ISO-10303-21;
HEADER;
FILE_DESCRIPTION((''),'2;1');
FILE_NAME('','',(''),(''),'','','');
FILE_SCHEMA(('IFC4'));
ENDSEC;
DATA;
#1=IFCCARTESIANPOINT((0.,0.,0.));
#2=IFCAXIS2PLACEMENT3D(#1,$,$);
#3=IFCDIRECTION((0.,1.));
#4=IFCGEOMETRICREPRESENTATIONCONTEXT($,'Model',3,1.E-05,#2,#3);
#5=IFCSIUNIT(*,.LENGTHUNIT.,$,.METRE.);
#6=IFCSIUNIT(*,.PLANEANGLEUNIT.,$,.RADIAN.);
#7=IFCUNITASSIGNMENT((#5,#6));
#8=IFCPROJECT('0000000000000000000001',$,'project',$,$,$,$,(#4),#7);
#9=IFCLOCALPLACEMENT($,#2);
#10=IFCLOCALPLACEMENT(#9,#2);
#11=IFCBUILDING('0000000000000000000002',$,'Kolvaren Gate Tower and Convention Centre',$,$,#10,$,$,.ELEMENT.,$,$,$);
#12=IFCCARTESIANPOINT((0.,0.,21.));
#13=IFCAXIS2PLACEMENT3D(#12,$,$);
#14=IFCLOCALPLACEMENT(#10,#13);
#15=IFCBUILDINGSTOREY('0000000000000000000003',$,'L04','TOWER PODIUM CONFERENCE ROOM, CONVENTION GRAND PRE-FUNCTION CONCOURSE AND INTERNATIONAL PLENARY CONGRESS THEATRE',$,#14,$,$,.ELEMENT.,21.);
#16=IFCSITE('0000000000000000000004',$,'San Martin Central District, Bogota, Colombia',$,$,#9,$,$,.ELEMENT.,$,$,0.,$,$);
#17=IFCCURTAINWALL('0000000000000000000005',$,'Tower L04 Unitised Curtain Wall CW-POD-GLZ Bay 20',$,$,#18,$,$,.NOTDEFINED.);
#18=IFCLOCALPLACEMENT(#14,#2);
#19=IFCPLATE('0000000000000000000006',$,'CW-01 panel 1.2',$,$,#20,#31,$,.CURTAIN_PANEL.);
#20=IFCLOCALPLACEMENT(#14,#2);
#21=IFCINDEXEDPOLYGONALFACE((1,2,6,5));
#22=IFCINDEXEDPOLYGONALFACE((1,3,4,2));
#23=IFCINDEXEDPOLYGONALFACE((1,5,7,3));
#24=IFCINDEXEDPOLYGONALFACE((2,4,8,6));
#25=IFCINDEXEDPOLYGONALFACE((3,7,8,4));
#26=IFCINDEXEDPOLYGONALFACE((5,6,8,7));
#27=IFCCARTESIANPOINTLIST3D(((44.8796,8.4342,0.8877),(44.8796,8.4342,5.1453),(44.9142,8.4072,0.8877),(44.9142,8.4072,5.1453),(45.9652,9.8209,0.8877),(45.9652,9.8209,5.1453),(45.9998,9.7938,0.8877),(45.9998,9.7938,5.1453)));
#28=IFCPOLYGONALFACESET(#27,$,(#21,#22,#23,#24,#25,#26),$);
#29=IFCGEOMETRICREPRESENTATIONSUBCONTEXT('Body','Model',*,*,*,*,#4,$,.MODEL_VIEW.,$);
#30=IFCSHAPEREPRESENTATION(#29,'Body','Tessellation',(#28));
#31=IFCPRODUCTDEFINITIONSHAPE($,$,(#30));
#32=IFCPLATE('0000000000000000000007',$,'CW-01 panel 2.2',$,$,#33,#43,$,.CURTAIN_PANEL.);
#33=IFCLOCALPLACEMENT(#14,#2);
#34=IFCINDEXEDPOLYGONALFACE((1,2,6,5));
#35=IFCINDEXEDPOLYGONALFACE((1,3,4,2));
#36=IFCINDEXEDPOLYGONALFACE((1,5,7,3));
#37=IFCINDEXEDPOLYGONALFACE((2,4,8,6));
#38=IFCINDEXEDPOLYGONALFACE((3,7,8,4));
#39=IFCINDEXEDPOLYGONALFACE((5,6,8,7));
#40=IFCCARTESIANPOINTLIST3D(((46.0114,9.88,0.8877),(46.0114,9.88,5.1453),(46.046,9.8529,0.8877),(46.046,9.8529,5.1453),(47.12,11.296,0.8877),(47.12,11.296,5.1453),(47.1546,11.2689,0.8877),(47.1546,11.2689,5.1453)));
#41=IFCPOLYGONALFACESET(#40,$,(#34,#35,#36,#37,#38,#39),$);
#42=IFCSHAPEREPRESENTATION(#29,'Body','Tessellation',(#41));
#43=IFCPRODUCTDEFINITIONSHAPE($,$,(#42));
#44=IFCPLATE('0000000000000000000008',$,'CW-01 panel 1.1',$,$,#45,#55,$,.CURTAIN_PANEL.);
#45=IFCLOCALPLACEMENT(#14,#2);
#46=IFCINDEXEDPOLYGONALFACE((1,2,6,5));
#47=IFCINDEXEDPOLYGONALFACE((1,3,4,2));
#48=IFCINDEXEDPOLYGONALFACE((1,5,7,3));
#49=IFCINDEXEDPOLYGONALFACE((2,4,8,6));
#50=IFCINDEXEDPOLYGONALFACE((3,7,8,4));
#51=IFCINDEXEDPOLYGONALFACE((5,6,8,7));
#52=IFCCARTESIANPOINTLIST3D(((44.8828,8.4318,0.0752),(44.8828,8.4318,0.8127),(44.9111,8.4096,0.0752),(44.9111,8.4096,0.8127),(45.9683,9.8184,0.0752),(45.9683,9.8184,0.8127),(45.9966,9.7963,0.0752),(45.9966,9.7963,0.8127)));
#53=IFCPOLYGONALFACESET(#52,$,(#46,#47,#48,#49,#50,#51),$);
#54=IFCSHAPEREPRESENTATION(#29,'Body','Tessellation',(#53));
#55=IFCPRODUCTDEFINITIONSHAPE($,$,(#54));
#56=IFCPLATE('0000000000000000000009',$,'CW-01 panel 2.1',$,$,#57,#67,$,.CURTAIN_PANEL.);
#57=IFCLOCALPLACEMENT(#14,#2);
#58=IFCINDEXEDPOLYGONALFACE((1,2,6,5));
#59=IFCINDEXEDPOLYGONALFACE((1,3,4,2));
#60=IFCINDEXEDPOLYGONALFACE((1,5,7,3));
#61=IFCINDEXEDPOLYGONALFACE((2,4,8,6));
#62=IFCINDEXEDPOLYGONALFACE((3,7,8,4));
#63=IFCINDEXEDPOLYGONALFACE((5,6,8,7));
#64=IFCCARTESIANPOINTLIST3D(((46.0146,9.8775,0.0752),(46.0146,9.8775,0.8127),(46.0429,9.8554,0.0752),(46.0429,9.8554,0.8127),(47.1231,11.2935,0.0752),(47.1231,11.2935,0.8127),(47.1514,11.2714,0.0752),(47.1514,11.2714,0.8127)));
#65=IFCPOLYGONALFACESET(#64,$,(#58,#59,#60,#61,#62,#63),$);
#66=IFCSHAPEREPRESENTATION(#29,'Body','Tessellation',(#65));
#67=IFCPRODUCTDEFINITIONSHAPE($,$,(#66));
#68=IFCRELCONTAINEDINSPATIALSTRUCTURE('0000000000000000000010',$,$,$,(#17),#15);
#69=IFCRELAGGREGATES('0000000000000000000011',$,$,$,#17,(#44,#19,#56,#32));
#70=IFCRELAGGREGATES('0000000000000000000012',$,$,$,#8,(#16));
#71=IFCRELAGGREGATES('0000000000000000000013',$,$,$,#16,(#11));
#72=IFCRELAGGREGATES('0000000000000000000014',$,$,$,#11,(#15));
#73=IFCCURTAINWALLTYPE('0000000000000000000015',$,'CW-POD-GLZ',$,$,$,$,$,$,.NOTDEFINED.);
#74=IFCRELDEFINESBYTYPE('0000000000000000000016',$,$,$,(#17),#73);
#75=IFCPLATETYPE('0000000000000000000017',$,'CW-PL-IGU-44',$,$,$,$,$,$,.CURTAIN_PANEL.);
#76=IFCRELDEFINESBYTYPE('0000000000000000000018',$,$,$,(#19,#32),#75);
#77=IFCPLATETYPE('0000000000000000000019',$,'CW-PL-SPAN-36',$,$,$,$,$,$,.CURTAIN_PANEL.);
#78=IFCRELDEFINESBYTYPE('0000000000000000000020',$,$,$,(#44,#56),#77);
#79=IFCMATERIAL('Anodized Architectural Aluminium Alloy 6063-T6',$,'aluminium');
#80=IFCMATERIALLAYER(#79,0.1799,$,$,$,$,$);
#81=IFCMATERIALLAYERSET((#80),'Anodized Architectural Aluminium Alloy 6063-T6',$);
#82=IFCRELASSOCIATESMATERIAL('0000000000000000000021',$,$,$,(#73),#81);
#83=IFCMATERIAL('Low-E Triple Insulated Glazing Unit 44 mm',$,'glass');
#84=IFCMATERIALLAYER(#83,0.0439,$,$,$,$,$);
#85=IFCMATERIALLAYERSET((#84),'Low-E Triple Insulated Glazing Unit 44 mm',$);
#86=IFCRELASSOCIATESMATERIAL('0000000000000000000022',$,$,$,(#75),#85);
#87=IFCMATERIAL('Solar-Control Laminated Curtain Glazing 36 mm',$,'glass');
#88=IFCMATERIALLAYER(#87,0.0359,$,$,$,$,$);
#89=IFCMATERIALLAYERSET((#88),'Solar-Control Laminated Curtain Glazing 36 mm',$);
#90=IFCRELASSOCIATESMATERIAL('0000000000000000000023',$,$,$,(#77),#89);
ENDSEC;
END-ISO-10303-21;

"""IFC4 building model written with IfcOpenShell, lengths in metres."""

from ifc_helpers import new_model, si_unit, direction, frame, origin, origin_2d, place, context, subcontext, project, spatial, rectangle, extrude, material, layer, layer_set, type_object, element, aggregate, save


model = new_model("IFC4")

# Units and contexts
model_context = context("Model", 3, precision=1e-05, world=origin(), true_north=direction((0.0, 1.0)))
body_context = subcontext(model_context, "Body", "Model", "MODEL_VIEW")
ifc_project = project(units=[si_unit("LENGTHUNIT", "METRE"), si_unit("PLANEANGLEUNIT", "RADIAN")], contexts=[model_context])

# Site, building, storey
site_placement = place(None, origin())
site = spatial("IfcSite", under=ifc_project, at=site_placement, Name="San Martin Central District, Bogota, Colombia", CompositionType="ELEMENT", RefElevation=0.0)
building_placement = place(site_placement, origin())
building = spatial("IfcBuilding", under=site, at=building_placement, Name="Kolvaren Gate Tower and Convention Centre", CompositionType="ELEMENT")
storey_placement = place(building_placement, frame((0.0, 0.0, 21.0)))
storey = spatial("IfcBuildingStorey", under=building, at=storey_placement, Name="L04", Description="TOWER PODIUM CONFERENCE ROOM, CONVENTION GRAND PRE-FUNCTION CONCOURSE AND INTERNATIONAL PLENARY CONGRESS THEATRE", CompositionType="ELEMENT", Elevation=21.0)

# Curtain wall
ifc_material_1 = material(Name="Anodized Architectural Aluminium Alloy 6063-T6", Category="aluminium")
ifc_layer_1 = layer(ifc_material_1, 0.1799)
ifc_layer_set_1 = layer_set([ifc_layer_1], Name="Anodized Architectural Aluminium Alloy 6063-T6")
curtain_wall_type = type_object("IfcCurtainWallType", Name="CW-POD-GLZ", PredefinedType="NOTDEFINED", material=ifc_layer_set_1)
curtain_wall_placement = place(storey_placement, origin())
curtain_wall = element("IfcCurtainWall", 1, at=curtain_wall_placement, inside=storey, type_object=curtain_wall_type, Name="Tower L04 Unitised Curtain Wall CW-POD-GLZ Bay 20", PredefinedType="NOTDEFINED")

# Plates
ifc_material_2 = material(Name="Low-E Triple Insulated Glazing Unit 44 mm", Category="glass")
ifc_layer_2 = layer(ifc_material_2, 0.0439)
ifc_layer_set_2 = layer_set([ifc_layer_2], Name="Low-E Triple Insulated Glazing Unit 44 mm")
plate_type_1 = type_object("IfcPlateType", Name="CW-PL-IGU-44", PredefinedType="CURTAIN_PANEL", material=ifc_layer_set_2)
plate_1_placement = place(storey_placement, frame((45.4397, 9.114, 0.8877), z_axis=(0.0, 0.0, 1.0), x_axis=(0.616426, 0.787413, 0.0)))
plate_1 = element("IfcPlate", 2, at=plate_1_placement, type_object=plate_type_1, Name="CW-01 panel 1.2", PredefinedType="CURTAIN_PANEL", context=body_context, shape_type="SweptSolid", body=[
    extrude(rectangle(XDim=1.761, YDim=0.0439, at=origin_2d()), origin(), (0.0, 0.0, 1.0), 4.2576),
])
plate_2_placement = place(storey_placement, frame((46.583, 10.5745, 0.8877), z_axis=(0.0, 0.0, 1.0), x_axis=(0.616426, 0.787413, 0.0)))
plate_2 = element("IfcPlate", 3, at=plate_2_placement, type_object=plate_type_1, Name="CW-01 panel 2.2", PredefinedType="CURTAIN_PANEL", context=body_context, shape_type="SweptSolid", body=[
    extrude(rectangle(XDim=1.7983, YDim=0.0439, at=origin_2d()), origin(), (0.0, 0.0, 1.0), 4.2576),
])
ifc_material_3 = material(Name="Solar-Control Laminated Curtain Glazing 36 mm", Category="glass")
ifc_layer_3 = layer(ifc_material_3, 0.0359)
ifc_layer_set_3 = layer_set([ifc_layer_3], Name="Solar-Control Laminated Curtain Glazing 36 mm")
plate_type_2 = type_object("IfcPlateType", Name="CW-PL-SPAN-36", PredefinedType="CURTAIN_PANEL", material=ifc_layer_set_3)
plate_3_placement = place(storey_placement, frame((45.4397, 9.114, 0.0752), z_axis=(0.0, 0.0, 1.0), x_axis=(0.616426, 0.787413, 0.0)))
plate_3 = element("IfcPlate", 4, at=plate_3_placement, type_object=plate_type_2, Name="CW-01 panel 1.1", PredefinedType="CURTAIN_PANEL", context=body_context, shape_type="SweptSolid", body=[
    extrude(rectangle(XDim=1.761, YDim=0.0359, at=origin_2d()), origin(), (0.0, 0.0, 1.0), 0.7375),
])
plate_4_placement = place(storey_placement, frame((46.583, 10.5745, 0.0752), z_axis=(0.0, 0.0, 1.0), x_axis=(0.616426, 0.787413, 0.0)))
plate_4 = element("IfcPlate", 5, at=plate_4_placement, type_object=plate_type_2, Name="CW-01 panel 2.1", PredefinedType="CURTAIN_PANEL", context=body_context, shape_type="SweptSolid", body=[
    extrude(rectangle(XDim=1.7983, YDim=0.0359, at=origin_2d()), origin(), (0.0, 0.0, 1.0), 0.7375),
])
aggregate(curtain_wall, [plate_3, plate_1, plate_4, plate_2])

save(model, "model.ifc")
